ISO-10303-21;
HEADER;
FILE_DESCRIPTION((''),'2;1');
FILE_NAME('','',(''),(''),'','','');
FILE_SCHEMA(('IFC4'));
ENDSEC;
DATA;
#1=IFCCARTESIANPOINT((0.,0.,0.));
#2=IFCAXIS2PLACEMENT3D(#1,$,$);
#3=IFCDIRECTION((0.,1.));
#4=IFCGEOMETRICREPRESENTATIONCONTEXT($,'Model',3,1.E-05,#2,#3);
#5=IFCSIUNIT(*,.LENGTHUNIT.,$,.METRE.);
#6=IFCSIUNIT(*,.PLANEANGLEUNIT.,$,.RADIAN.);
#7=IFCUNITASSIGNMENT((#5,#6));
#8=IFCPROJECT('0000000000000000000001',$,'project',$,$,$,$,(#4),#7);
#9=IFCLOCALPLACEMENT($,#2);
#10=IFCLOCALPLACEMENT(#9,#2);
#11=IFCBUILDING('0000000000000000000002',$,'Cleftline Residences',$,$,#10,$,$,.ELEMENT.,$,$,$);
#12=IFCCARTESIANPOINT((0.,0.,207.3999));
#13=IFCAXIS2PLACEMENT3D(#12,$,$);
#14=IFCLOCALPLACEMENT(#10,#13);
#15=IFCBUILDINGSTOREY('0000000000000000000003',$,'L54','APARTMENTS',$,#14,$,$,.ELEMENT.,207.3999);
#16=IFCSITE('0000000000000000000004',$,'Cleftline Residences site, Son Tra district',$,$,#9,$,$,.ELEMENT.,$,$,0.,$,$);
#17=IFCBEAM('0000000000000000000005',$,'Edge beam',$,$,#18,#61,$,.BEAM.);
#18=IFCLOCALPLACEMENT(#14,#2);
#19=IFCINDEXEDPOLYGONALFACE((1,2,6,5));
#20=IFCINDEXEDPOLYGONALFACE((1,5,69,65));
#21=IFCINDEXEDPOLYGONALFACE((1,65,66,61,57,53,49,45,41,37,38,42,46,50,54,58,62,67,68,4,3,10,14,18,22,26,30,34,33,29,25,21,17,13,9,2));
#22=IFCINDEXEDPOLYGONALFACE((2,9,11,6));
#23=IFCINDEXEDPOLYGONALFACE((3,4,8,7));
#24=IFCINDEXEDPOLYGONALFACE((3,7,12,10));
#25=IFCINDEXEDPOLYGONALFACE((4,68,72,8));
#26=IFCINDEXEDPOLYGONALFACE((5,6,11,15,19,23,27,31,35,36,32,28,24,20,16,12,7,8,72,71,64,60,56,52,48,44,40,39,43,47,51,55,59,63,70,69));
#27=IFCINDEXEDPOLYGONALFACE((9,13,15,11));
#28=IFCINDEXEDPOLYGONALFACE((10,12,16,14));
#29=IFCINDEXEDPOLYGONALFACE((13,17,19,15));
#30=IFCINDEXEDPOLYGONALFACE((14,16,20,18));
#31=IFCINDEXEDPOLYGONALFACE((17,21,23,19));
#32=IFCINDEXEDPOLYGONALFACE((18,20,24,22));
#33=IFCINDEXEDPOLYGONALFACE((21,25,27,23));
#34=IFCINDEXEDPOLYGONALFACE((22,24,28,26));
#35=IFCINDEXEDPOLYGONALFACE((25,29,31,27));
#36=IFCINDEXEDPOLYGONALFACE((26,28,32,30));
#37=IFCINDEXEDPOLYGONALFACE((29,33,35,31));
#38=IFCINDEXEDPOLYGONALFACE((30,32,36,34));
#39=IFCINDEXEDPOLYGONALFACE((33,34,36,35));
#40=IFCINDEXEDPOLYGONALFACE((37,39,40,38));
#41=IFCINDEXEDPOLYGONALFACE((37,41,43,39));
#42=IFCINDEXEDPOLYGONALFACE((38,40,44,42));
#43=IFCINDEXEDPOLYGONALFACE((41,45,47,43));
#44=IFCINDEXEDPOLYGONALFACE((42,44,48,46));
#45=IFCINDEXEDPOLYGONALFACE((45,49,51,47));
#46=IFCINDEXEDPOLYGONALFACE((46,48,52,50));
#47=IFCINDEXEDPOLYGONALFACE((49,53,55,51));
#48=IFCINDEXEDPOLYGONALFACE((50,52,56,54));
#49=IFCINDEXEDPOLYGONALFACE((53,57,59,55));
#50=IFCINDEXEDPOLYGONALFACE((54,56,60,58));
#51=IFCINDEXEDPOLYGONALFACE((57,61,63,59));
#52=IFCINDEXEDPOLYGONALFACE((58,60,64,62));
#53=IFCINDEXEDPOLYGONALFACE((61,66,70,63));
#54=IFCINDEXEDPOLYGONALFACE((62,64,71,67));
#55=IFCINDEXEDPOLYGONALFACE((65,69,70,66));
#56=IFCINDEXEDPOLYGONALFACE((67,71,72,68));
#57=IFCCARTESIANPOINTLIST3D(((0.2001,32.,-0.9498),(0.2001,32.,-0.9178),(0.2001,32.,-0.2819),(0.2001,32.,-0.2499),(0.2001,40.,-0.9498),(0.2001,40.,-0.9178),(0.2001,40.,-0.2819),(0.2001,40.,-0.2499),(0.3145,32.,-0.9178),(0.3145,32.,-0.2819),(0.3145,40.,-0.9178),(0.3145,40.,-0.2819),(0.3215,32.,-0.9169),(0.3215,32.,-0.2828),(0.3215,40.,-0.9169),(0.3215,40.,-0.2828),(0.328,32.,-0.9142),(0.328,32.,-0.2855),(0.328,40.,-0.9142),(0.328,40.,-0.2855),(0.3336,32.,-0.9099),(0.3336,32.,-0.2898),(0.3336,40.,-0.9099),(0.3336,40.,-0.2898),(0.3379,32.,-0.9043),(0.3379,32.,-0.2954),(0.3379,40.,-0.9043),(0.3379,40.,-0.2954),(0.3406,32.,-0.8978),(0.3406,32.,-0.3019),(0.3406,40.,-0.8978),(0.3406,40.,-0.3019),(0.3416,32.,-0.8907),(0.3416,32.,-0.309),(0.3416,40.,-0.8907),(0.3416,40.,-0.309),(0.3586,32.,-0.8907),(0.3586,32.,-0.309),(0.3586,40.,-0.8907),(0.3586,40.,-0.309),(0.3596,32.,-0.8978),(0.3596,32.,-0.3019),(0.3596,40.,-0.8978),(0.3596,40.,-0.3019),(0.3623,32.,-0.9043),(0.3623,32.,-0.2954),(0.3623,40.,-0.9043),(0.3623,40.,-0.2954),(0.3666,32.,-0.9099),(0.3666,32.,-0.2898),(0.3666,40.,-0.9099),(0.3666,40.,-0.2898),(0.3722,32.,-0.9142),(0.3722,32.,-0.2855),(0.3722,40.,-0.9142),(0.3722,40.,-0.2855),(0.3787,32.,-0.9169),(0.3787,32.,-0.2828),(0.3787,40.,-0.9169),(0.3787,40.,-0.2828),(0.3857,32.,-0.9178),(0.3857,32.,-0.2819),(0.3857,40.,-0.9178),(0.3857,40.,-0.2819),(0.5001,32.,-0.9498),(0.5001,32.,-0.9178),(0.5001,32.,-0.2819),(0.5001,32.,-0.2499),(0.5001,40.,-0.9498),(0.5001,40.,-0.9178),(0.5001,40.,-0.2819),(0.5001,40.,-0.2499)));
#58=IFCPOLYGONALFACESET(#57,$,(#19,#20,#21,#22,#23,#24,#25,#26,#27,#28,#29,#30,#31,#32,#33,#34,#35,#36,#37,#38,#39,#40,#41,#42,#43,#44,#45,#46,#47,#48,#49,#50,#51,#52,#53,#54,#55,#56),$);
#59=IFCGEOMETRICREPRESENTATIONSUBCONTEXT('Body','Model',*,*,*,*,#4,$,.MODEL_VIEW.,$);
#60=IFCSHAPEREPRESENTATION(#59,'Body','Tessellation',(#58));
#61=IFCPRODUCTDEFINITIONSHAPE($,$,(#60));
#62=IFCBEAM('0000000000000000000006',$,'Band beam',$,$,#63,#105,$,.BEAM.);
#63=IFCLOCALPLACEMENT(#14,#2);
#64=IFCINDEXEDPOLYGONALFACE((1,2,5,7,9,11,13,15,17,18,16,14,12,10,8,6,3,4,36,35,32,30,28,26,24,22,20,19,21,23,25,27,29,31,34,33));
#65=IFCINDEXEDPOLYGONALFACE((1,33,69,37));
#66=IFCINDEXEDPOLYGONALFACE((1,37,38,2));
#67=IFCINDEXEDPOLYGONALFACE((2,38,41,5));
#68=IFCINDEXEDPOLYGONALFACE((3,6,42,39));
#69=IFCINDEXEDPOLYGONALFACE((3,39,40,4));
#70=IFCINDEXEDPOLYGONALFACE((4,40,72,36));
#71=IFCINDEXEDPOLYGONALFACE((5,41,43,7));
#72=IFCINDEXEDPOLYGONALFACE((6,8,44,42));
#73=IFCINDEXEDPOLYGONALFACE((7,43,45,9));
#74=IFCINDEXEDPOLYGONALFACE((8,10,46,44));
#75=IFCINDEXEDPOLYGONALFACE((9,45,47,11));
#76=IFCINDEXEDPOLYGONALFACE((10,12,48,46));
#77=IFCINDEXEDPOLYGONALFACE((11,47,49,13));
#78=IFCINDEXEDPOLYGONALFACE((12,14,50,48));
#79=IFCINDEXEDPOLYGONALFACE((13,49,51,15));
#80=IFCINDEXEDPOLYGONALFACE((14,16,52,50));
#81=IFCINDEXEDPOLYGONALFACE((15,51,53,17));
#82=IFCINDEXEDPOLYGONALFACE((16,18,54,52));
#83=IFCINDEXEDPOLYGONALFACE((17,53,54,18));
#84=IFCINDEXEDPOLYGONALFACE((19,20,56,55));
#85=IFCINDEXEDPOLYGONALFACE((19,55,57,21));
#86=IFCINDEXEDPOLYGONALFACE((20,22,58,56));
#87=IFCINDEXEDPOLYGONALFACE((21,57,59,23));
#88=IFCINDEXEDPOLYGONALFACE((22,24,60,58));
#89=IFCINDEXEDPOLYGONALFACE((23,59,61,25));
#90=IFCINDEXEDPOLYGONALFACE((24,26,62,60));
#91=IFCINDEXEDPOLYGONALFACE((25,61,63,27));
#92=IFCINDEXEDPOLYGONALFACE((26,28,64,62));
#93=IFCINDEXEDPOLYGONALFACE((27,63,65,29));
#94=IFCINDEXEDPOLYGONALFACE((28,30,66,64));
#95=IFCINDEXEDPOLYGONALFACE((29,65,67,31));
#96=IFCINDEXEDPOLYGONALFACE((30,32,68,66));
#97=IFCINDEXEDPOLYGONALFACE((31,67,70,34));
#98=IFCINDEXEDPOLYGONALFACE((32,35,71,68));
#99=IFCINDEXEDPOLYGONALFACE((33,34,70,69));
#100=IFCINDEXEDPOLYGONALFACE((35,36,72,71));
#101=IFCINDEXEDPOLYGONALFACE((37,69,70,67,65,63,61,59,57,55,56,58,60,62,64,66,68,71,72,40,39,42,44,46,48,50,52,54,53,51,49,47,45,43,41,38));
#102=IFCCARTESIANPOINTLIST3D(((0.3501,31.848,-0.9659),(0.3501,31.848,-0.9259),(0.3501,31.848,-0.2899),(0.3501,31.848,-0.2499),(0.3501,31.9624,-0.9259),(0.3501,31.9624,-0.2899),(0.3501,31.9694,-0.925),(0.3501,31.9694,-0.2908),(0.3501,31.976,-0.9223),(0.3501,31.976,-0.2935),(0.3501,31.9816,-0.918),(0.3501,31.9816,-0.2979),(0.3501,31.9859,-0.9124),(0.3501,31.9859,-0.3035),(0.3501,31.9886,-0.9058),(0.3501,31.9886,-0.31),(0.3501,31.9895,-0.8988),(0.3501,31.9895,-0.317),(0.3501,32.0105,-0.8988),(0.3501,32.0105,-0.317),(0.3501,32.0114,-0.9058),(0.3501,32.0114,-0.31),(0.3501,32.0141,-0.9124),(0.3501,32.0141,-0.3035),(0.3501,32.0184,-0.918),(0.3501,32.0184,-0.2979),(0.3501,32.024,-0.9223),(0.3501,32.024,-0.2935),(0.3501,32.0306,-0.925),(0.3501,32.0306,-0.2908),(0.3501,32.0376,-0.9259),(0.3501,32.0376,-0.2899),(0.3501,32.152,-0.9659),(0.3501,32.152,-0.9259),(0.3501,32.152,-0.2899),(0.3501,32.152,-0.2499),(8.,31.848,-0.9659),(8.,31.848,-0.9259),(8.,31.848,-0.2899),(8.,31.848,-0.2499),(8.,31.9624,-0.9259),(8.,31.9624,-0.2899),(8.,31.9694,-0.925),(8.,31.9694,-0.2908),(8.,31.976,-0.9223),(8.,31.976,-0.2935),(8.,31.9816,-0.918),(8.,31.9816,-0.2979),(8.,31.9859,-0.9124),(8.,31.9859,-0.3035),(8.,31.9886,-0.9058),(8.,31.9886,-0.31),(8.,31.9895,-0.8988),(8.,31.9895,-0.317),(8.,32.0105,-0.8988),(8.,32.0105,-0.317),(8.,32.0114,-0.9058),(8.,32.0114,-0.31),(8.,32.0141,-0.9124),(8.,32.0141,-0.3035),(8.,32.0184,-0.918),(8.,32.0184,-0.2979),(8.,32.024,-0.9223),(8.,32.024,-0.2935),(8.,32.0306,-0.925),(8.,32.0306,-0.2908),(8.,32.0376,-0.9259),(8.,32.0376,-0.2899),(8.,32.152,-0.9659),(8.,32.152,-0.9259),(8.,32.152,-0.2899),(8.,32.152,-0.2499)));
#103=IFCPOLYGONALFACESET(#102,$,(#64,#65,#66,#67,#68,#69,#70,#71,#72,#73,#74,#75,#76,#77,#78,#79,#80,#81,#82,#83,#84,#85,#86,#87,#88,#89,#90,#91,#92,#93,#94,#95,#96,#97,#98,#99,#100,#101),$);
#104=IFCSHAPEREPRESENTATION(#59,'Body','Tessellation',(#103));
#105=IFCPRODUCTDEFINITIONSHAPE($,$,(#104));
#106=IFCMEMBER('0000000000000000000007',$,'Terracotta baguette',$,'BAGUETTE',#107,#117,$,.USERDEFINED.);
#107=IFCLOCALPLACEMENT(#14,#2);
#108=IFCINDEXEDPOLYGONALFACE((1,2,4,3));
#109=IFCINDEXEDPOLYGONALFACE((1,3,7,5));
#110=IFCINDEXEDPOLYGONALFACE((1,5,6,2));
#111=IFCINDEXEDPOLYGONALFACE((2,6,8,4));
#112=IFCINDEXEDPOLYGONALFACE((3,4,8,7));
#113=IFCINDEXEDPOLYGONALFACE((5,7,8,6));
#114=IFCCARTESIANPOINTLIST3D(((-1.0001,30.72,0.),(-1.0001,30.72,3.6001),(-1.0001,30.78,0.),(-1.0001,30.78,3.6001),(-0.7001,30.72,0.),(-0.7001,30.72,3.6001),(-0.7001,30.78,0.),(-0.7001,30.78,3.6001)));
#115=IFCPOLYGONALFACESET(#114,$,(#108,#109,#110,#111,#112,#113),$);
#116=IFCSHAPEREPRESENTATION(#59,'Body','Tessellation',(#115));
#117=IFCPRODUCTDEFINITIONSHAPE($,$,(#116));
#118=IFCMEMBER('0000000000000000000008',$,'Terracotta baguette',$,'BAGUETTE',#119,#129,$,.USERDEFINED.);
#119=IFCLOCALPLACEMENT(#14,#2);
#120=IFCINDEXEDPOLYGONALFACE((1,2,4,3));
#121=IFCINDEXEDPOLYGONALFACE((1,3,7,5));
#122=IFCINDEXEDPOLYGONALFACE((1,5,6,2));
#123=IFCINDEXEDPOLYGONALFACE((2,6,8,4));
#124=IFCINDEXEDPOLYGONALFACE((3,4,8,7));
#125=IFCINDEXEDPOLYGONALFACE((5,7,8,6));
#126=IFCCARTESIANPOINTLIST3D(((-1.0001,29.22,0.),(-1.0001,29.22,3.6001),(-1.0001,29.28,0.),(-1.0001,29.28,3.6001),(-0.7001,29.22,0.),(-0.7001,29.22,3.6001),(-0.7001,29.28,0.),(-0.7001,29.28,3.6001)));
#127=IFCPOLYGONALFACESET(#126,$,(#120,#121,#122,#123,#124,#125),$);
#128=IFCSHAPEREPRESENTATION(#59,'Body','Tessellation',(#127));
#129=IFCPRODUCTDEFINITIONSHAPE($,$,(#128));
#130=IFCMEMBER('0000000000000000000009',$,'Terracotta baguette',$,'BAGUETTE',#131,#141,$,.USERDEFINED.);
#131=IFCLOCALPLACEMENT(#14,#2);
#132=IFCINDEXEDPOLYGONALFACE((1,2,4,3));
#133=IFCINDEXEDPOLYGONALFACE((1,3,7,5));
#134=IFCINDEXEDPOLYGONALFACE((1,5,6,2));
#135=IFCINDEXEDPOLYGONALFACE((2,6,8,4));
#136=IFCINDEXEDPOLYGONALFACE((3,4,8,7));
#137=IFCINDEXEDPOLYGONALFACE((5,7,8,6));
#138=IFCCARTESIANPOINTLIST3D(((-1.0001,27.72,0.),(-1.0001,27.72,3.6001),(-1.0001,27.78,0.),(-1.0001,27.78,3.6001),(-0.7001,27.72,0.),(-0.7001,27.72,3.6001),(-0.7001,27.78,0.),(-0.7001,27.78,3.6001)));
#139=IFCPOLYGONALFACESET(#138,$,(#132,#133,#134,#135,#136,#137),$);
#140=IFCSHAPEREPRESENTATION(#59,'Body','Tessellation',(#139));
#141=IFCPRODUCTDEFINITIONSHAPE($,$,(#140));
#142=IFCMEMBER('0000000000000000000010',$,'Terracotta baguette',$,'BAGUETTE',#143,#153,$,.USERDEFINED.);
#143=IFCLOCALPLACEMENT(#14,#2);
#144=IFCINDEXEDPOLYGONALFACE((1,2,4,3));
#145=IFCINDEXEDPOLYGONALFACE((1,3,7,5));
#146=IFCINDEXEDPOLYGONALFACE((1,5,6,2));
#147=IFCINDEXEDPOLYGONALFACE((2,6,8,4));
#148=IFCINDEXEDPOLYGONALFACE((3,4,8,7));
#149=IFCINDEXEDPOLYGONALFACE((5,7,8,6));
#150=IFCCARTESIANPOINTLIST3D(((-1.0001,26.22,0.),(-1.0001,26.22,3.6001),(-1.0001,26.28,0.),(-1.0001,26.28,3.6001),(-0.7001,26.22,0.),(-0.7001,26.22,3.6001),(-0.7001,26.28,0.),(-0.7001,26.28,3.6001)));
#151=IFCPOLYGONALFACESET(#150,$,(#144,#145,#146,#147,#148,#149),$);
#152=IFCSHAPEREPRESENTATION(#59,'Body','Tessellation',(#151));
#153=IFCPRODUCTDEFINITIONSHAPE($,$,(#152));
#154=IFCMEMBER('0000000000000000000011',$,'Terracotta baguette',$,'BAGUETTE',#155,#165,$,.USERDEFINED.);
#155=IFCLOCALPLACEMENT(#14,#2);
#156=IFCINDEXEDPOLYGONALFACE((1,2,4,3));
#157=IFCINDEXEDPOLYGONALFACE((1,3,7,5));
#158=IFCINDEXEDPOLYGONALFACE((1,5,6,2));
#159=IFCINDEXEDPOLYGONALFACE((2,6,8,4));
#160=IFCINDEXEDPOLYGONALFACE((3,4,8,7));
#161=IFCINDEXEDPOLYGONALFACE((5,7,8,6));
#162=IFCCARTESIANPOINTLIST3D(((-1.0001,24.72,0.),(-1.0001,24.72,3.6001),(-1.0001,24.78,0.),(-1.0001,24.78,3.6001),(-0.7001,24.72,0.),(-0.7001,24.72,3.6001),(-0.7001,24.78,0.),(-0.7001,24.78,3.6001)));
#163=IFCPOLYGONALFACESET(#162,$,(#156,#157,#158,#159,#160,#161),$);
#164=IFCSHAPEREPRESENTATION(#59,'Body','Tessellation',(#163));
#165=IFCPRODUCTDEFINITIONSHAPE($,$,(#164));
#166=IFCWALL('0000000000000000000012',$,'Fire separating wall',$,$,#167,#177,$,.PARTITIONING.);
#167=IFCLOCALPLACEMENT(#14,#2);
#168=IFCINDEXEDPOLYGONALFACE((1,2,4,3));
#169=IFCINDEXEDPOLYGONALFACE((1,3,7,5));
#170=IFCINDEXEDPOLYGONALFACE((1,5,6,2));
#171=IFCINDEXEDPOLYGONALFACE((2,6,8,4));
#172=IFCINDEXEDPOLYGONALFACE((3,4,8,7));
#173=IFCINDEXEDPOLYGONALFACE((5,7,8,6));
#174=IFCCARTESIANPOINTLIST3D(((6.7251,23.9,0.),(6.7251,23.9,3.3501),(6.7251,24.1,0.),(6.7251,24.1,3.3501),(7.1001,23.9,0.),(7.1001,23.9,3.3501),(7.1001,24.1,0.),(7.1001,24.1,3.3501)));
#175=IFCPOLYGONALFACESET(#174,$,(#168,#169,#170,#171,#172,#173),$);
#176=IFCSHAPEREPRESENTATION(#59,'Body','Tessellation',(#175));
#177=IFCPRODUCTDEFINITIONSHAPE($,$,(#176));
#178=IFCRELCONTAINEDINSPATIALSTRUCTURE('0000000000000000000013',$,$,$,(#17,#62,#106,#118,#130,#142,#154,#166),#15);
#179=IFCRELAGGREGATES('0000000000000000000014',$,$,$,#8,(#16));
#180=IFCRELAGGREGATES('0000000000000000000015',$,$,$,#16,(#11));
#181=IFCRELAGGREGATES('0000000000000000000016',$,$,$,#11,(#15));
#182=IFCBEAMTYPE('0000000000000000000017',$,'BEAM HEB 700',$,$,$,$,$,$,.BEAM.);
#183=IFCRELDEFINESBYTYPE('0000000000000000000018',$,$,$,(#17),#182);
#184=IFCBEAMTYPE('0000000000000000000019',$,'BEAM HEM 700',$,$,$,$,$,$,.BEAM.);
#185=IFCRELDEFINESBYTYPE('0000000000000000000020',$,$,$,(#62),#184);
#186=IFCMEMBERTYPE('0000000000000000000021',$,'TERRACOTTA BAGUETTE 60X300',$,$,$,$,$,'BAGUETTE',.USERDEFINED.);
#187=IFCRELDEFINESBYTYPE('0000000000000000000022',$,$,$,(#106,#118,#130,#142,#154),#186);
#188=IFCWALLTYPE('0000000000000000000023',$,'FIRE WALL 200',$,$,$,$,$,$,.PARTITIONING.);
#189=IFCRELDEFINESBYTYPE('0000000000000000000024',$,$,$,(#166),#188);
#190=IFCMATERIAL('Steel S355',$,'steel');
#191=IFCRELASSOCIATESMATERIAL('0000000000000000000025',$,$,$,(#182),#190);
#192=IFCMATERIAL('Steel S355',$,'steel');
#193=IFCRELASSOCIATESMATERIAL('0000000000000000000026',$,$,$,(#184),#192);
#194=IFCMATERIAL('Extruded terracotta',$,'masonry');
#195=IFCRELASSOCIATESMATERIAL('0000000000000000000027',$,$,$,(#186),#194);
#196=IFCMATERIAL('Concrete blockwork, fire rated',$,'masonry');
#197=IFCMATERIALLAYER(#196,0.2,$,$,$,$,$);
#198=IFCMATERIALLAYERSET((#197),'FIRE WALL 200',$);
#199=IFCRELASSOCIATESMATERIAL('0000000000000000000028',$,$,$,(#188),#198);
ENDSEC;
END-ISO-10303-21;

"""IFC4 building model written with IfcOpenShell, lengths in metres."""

from ifc_helpers import new_model, si_unit, direction, frame, frame_2d, origin, origin_2d, place, context, subcontext, project, spatial, rectangle, i_section, extrude, material, layer, layer_set, material_profile, profile_set, type_object, element, save


model = new_model("IFC4")

# Units and contexts
model_context = context("Model", 3, precision=1e-05, world=origin(), true_north=direction((0.0, 1.0)))
body_context = subcontext(model_context, "Body", "Model", "MODEL_VIEW")
ifc_project = project(units=[si_unit("LENGTHUNIT", "METRE"), si_unit("PLANEANGLEUNIT", "RADIAN")], contexts=[model_context])

# Site, building, storey
site_placement = place(None, origin())
site = spatial("IfcSite", under=ifc_project, at=site_placement, Name="Cleftline Residences site, Son Tra district", CompositionType="ELEMENT", RefElevation=0.0)
building_placement = place(site_placement, origin())
building = spatial("IfcBuilding", under=site, at=building_placement, Name="Cleftline Residences", CompositionType="ELEMENT")
storey_placement = place(building_placement, frame((0.0, 0.0, 207.3999)))
storey = spatial("IfcBuildingStorey", under=building, at=storey_placement, Name="L54", Description="APARTMENTS", CompositionType="ELEMENT", Elevation=207.3999)

# Beams
ifc_material_1 = material(Name="Steel S355", Category="steel")
ifc_material_profile_1 = material_profile(ifc_material_1, i_section(OverallWidth=0.3, OverallDepth=0.7, WebThickness=0.0171, FlangeThickness=0.032, FilletRadius=0.0271, at=origin_2d()))
ifc_profile_set_1 = profile_set([ifc_material_profile_1], Name="Steel S355")
beam_type_1 = type_object("IfcBeamType", Name="BEAM HEB 700", PredefinedType="BEAM", material=ifc_profile_set_1)
for number, where, z_axis, x_axis, name in (
    (1, (0.3501, 32.0, -0.5999), (0.0, 1.0, 0.0), (-1.0, 0.0, 0.0), "Edge beam"),
):
    element("IfcBeam", number, at=place(storey_placement, frame(where, z_axis=z_axis, x_axis=x_axis)), inside=storey, type_object=beam_type_1, Name=name, PredefinedType="BEAM", context=body_context, shape_type="SweptSolid", body=[
        extrude(i_section(OverallWidth=0.3, OverallDepth=0.7, WebThickness=0.0171, FlangeThickness=0.032, FilletRadius=0.0271, at=origin_2d()), origin(), (0.0, 0.0, 1.0), 8.0),
    ])
ifc_material_2 = material(Name="Steel S355", Category="steel")
ifc_material_profile_2 = material_profile(ifc_material_2, i_section(OverallWidth=0.304, OverallDepth=0.7161, WebThickness=0.021, FlangeThickness=0.04, FilletRadius=0.0271, at=origin_2d()))
ifc_profile_set_2 = profile_set([ifc_material_profile_2], Name="Steel S355")
beam_type_2 = type_object("IfcBeamType", Name="BEAM HEM 700", PredefinedType="BEAM", material=ifc_profile_set_2)
beam_placement = place(storey_placement, frame((0.3501, 32.0, -0.6079), z_axis=(1.0, 0.0, 0.0), x_axis=(0.0, 1.0, 0.0)))
element("IfcBeam", 2, at=beam_placement, inside=storey, type_object=beam_type_2, Name="Band beam", PredefinedType="BEAM", context=body_context, shape_type="SweptSolid", body=[
    extrude(i_section(OverallWidth=0.304, OverallDepth=0.7161, WebThickness=0.021, FlangeThickness=0.04, FilletRadius=0.0271, at=origin_2d()), origin(), (0.0, 0.0, 1.0), 7.6499),
])

# Members
ifc_material_3 = material(Name="Extruded terracotta", Category="masonry")
ifc_material_profile_3 = material_profile(ifc_material_3, rectangle(XDim=0.0601, YDim=0.3, at=origin_2d()))
ifc_profile_set_3 = profile_set([ifc_material_profile_3], Name="Extruded terracotta")
member_type_1 = type_object("IfcMemberType", Name="TERRACOTTA BAGUETTE 60X300", ElementType="BAGUETTE", PredefinedType="USERDEFINED", material=ifc_profile_set_3)
for number, where, z_axis, x_axis, name in (
    (3, (-0.8501, 30.75, 0.0), (0.0, 0.0, 1.0), (0.0, 1.0, 0.0), "Terracotta baguette"),
    (4, (-0.8501, 29.25, 0.0), (0.0, 0.0, 1.0), (0.0, 1.0, 0.0), "Terracotta baguette"),
    (5, (-0.8501, 27.75, 0.0), (0.0, 0.0, 1.0), (0.0, 1.0, 0.0), "Terracotta baguette"),
    (6, (-0.8501, 26.25, 0.0), (0.0, 0.0, 1.0), (0.0, 1.0, 0.0), "Terracotta baguette"),
    (7, (-0.8501, 24.75, 0.0), (0.0, 0.0, 1.0), (0.0, 1.0, 0.0), "Terracotta baguette"),
):
    element("IfcMember", number, at=place(storey_placement, frame(where, z_axis=z_axis, x_axis=x_axis)), inside=storey, type_object=member_type_1, Name=name, ObjectType="BAGUETTE", PredefinedType="USERDEFINED", context=body_context, shape_type="SweptSolid", body=[
        extrude(rectangle(XDim=0.0601, YDim=0.3, at=origin_2d()), origin(), (0.0, 0.0, 1.0), 3.6001),
    ])

# Wall
ifc_material_4 = material(Name="Concrete blockwork, fire rated", Category="masonry")
ifc_layer_1 = layer(ifc_material_4, 0.2)
ifc_layer_set_1 = layer_set([ifc_layer_1], Name="FIRE WALL 200")
wall_type_1 = type_object("IfcWallType", Name="FIRE WALL 200", PredefinedType="PARTITIONING", material=ifc_layer_set_1)
wall_1_placement = place(storey_placement, frame((6.7251, 24.0, 0.0), z_axis=(0.0, 0.0, 1.0), x_axis=(1.0, 0.0, 0.0)))
element("IfcWall", 8, at=wall_1_placement, inside=storey, type_object=wall_type_1, Name="Fire separating wall", PredefinedType="PARTITIONING", context=body_context, shape_type="SweptSolid", body=[
    extrude(rectangle(XDim=0.375, YDim=0.2, at=frame_2d((0.1875, 0.0))), origin(), (0.0, 0.0, 1.0), 3.3501),
])

save(model, "model.ifc")
